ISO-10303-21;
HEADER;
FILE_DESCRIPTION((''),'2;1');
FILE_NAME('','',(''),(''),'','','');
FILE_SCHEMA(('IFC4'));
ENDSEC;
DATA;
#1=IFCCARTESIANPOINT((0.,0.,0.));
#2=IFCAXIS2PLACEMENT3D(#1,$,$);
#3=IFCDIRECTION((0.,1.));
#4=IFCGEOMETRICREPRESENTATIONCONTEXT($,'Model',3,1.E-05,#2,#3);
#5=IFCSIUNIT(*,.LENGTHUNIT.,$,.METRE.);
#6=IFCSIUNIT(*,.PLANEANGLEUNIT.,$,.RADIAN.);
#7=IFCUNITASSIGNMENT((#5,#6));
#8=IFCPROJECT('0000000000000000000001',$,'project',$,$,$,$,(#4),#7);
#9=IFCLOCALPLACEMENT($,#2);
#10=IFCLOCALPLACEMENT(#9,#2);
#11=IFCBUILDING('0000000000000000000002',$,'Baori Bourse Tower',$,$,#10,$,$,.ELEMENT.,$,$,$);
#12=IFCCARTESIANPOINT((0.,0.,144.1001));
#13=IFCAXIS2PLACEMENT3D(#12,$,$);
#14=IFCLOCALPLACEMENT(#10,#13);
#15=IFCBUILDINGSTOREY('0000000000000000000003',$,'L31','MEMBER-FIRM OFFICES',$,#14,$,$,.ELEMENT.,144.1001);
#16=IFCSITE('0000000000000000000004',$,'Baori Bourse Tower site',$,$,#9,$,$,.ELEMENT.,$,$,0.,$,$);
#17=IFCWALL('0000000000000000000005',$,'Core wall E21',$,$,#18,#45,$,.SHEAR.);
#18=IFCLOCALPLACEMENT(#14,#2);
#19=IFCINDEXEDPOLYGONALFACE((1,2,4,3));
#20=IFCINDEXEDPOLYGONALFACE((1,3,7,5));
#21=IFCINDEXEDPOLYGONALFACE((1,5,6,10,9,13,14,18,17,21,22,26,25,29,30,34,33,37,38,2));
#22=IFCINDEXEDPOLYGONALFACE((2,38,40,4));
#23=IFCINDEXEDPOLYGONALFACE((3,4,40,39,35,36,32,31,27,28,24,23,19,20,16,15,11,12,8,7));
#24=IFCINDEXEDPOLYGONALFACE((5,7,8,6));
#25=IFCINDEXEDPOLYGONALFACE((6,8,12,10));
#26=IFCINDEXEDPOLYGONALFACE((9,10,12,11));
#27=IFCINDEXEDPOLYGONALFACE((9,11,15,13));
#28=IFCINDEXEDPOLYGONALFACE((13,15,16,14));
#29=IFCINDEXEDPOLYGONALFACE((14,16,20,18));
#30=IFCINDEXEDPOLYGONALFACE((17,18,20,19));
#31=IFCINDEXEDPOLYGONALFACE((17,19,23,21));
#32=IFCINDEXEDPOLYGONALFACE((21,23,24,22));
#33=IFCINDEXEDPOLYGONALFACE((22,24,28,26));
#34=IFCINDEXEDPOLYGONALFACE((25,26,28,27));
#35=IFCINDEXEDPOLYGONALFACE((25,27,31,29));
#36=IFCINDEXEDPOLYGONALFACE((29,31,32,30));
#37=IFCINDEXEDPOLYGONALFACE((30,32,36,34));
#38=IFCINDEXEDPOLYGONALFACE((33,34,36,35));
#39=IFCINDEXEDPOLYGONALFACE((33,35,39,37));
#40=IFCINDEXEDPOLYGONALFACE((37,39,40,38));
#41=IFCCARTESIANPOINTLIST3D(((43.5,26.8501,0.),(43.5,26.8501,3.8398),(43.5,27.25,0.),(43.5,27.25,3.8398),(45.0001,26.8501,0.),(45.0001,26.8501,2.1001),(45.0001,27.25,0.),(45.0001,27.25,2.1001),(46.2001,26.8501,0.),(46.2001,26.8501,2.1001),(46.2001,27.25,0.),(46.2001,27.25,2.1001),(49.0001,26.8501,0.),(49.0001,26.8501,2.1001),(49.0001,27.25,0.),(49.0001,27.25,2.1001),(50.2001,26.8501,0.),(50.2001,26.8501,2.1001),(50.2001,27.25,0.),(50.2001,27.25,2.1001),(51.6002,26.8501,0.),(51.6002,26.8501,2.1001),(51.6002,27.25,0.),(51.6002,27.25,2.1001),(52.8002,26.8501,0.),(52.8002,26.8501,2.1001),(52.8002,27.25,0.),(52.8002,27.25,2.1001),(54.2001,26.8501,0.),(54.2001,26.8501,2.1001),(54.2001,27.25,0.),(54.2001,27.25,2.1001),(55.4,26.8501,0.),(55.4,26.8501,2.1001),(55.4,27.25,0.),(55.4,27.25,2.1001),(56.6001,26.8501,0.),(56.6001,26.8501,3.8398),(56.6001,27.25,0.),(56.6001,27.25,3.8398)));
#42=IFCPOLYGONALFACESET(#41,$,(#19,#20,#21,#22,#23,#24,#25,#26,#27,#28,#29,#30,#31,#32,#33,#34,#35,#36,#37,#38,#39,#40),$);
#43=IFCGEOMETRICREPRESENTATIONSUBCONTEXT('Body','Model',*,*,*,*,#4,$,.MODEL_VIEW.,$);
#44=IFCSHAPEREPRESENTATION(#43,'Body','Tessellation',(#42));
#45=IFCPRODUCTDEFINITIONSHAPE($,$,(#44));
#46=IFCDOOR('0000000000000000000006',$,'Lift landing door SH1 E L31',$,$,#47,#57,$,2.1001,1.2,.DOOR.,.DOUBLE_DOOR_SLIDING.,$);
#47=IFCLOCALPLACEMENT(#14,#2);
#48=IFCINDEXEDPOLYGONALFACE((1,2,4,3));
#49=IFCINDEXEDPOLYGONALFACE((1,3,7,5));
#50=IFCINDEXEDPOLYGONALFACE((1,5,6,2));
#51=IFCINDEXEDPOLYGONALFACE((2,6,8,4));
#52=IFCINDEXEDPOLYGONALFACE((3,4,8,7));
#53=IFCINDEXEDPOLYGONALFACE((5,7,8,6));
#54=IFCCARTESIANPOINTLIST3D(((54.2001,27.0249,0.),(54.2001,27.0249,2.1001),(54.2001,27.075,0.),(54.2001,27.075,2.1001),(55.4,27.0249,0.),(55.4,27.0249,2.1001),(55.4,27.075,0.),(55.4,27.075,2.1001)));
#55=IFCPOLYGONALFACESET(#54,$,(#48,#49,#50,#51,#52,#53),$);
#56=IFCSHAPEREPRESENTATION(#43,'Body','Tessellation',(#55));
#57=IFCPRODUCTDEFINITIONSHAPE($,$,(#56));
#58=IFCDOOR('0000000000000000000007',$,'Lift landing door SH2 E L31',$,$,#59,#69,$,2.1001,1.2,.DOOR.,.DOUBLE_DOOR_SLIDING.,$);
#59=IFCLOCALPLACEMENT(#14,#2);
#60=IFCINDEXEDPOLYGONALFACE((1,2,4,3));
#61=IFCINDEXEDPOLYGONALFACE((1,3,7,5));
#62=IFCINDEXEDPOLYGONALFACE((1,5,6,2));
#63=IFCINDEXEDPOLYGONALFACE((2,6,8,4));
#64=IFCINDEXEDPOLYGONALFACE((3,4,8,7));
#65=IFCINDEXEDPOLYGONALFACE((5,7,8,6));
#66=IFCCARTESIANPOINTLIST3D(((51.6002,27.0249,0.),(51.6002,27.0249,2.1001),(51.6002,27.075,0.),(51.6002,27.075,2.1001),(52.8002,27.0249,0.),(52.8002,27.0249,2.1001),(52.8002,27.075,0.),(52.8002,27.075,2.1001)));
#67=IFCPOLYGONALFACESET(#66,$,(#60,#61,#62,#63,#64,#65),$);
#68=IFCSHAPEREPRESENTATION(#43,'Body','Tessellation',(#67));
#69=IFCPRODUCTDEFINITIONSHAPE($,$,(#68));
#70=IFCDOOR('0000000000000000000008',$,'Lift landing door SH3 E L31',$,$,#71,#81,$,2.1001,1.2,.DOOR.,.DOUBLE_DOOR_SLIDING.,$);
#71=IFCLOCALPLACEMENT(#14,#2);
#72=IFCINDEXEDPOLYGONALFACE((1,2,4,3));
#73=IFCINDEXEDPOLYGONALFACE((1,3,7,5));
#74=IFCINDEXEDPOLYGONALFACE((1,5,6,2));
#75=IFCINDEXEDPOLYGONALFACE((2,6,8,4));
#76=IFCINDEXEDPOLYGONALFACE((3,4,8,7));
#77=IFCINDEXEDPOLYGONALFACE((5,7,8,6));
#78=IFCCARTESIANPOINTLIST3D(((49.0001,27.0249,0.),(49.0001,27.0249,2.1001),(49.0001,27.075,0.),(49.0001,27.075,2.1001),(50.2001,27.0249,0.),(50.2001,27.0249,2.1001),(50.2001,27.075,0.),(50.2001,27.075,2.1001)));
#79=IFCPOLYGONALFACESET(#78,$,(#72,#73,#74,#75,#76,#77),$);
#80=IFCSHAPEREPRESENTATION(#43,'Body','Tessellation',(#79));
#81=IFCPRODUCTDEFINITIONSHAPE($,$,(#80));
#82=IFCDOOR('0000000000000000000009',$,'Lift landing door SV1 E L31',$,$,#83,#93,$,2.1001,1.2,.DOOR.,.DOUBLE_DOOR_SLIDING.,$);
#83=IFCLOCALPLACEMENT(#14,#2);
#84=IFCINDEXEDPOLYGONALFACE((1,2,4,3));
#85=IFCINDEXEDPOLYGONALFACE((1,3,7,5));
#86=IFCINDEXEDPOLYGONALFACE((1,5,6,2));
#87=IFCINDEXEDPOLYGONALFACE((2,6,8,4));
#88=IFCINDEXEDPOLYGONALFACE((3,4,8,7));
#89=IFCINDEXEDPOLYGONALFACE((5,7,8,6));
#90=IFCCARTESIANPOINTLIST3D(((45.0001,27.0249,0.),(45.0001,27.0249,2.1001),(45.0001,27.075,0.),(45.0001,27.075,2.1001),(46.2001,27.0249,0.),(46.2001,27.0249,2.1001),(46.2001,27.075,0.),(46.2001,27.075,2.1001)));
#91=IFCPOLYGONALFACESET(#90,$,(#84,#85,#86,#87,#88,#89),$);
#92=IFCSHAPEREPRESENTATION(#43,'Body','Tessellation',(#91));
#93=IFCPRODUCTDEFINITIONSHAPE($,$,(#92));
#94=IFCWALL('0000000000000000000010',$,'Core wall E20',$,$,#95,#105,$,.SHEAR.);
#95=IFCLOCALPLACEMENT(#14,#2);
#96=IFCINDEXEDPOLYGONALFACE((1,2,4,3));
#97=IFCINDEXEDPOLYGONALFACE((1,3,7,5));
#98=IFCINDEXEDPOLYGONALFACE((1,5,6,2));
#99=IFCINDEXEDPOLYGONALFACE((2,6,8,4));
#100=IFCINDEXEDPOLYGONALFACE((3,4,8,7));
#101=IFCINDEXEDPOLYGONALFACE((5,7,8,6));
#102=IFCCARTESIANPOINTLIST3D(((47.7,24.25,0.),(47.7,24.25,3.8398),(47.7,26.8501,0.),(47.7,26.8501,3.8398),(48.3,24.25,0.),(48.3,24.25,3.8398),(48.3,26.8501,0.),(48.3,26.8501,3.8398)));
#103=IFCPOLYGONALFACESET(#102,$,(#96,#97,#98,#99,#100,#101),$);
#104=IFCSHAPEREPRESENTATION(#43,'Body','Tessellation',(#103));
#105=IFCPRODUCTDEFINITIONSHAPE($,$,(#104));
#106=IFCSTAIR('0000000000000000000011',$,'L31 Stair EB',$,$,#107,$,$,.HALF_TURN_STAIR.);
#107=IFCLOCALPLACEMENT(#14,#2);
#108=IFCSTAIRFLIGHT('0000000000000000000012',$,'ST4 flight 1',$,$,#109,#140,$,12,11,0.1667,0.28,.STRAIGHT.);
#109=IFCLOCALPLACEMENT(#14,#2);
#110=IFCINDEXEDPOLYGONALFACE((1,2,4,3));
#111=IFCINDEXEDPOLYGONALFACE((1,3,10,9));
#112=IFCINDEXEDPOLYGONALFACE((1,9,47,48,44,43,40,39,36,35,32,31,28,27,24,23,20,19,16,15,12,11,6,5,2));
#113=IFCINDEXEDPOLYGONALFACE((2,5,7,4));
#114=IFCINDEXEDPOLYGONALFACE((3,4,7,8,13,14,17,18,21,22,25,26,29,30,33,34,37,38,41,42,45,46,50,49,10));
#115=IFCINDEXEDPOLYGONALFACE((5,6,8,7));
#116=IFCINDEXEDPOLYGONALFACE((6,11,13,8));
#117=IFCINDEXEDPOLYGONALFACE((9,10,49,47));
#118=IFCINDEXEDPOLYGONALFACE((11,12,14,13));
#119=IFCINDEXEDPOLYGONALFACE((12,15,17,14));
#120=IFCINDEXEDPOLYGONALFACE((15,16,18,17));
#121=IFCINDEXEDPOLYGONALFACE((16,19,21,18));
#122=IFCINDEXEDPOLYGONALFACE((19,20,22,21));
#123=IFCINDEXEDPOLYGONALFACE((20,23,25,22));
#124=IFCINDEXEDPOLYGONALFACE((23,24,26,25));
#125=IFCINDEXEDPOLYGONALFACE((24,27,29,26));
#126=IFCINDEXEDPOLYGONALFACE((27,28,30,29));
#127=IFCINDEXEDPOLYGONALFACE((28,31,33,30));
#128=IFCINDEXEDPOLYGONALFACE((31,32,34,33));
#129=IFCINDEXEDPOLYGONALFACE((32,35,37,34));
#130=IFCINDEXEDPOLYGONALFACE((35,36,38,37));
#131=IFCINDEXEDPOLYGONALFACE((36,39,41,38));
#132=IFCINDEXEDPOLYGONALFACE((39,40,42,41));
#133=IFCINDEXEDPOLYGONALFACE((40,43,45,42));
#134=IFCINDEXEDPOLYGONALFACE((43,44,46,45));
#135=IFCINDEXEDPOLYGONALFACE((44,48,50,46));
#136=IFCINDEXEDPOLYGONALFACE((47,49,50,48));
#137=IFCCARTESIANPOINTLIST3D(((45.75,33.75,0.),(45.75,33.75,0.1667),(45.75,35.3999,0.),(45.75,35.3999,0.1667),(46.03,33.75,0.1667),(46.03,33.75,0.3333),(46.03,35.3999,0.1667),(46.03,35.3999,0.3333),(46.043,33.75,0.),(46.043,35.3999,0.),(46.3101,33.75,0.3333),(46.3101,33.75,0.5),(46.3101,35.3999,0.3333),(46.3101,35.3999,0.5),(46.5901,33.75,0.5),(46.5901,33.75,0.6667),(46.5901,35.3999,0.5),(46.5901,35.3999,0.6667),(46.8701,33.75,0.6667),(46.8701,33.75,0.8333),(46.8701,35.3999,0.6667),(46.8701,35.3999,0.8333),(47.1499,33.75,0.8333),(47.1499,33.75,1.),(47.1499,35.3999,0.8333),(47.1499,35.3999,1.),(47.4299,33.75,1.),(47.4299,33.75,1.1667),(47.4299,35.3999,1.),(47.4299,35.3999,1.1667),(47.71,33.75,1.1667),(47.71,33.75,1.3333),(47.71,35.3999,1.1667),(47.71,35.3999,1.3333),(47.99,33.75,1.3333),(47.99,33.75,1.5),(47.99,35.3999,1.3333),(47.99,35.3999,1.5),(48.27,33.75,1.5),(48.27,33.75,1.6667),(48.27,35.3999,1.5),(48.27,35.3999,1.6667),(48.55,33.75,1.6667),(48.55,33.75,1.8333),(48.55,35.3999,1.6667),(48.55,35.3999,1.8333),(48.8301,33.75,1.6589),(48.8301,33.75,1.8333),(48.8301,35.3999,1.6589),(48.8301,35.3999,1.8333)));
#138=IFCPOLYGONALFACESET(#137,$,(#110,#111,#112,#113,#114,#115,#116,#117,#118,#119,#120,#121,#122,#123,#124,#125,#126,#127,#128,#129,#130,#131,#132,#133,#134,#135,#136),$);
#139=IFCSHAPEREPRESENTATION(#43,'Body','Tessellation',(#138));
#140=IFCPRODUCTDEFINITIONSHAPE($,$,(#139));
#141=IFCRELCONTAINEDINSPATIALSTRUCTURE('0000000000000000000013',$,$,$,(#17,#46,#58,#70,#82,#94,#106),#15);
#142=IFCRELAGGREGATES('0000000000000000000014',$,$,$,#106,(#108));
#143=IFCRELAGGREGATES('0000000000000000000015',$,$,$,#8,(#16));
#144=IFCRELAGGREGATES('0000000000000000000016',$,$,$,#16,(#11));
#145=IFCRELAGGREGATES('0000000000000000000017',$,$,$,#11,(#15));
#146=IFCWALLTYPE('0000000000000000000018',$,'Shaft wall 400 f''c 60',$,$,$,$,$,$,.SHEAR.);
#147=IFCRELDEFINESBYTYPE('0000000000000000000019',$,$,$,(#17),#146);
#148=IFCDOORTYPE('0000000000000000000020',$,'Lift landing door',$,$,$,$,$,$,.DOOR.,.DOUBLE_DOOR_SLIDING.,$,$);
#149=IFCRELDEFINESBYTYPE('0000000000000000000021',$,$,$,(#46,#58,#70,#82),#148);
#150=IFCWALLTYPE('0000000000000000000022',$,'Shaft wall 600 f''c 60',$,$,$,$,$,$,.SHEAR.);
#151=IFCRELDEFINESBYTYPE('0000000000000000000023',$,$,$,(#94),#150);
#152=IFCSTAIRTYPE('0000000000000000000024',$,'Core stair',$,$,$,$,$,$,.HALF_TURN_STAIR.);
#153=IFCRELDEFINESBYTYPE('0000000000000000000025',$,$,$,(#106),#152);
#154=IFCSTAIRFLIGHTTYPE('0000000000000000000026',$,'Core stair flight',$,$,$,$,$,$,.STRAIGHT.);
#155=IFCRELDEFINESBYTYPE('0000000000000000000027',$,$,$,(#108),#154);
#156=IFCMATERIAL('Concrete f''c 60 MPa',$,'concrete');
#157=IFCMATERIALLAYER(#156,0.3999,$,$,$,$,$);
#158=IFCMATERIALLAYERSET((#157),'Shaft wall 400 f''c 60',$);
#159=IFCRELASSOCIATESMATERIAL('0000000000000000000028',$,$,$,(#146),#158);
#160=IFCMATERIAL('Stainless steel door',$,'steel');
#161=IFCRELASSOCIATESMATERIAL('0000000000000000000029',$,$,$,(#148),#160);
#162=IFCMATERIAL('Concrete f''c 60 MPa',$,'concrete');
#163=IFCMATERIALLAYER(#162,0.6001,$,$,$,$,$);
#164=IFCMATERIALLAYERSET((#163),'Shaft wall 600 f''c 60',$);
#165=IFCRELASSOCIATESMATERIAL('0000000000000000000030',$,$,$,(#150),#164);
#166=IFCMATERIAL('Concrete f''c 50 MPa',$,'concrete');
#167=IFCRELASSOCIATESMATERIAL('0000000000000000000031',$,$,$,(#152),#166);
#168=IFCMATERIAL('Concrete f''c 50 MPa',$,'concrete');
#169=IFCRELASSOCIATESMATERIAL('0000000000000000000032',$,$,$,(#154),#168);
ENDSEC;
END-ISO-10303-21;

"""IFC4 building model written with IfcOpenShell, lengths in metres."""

from ifc_helpers import new_model, si_unit, direction, frame, frame_2d, origin, place, context, subcontext, project, spatial, polyline, rectangle, outline, extrude, material, layer, layer_set, type_object, element, fill, aggregate, save


model = new_model("IFC4")

# Units and contexts
model_context = context("Model", 3, precision=1e-05, world=origin(), true_north=direction((0.0, 1.0)))
body_context = subcontext(model_context, "Body", "Model", "MODEL_VIEW")
ifc_project = project(units=[si_unit("LENGTHUNIT", "METRE"), si_unit("PLANEANGLEUNIT", "RADIAN")], contexts=[model_context])

# Site, building, storey
site_placement = place(None, origin())
site = spatial("IfcSite", under=ifc_project, at=site_placement, Name="Baori Bourse Tower site", CompositionType="ELEMENT", RefElevation=0.0)
building_placement = place(site_placement, origin())
building = spatial("IfcBuilding", under=site, at=building_placement, Name="Baori Bourse Tower", CompositionType="ELEMENT")
storey_placement = place(building_placement, frame((0.0, 0.0, 144.1001)))
storey = spatial("IfcBuildingStorey", under=building, at=storey_placement, Name="L31", Description="MEMBER-FIRM OFFICES", CompositionType="ELEMENT", Elevation=144.1001)

# Wall, openings, doors
ifc_material_1 = material(Name="Concrete f'c 60 MPa", Category="concrete")
ifc_layer_1 = layer(ifc_material_1, 0.3999)
ifc_layer_set_1 = layer_set([ifc_layer_1], Name="Shaft wall 400 f'c 60")
wall_type_1 = type_object("IfcWallType", Name="Shaft wall 400 f'c 60", PredefinedType="SHEAR", material=ifc_layer_set_1)
wall_1_placement = place(storey_placement, frame((43.5, 27.05, 0.0), z_axis=(0.0, 0.0, 1.0), x_axis=(1.0, 0.0, 0.0)))
wall_1 = element("IfcWall", 1, at=wall_1_placement, inside=storey, type_object=wall_type_1, Name="Core wall E21", PredefinedType="SHEAR", context=body_context, shape_type="SweptSolid", body=[
    extrude(rectangle(XDim=13.1001, YDim=0.3999, at=frame_2d((6.55, 0.0))), origin(), (0.0, 0.0, 1.0), 3.8398),
])
opening_1_placement = place(wall_1_placement, frame((10.7, 0.0, 0.0)))
opening_1 = element("IfcOpeningElement", 2, at=opening_1_placement, cuts=wall_1, PredefinedType="OPENING", context=body_context, shape_type="SweptSolid", body=[
    extrude(rectangle(XDim=1.2, YDim=2.1001, at=frame_2d((0.6001, 1.05))), frame((0.0, 0.21, 0.0), z_axis=(0.0, -1.0, 0.0), x_axis=(1.0, 0.0, 0.0)), (0.0, 0.0, 1.0), 0.4199),
])
opening_2_placement = place(wall_1_placement, frame((8.1001, 0.0, 0.0)))
opening_2 = element("IfcOpeningElement", 3, at=opening_2_placement, cuts=wall_1, PredefinedType="OPENING", context=body_context, shape_type="SweptSolid", body=[
    extrude(rectangle(XDim=1.2, YDim=2.1001, at=frame_2d((0.6001, 1.05))), frame((0.0, 0.21, 0.0), z_axis=(0.0, -1.0, 0.0), x_axis=(1.0, 0.0, 0.0)), (0.0, 0.0, 1.0), 0.4199),
])
opening_3_placement = place(wall_1_placement, frame((5.5, 0.0, 0.0)))
opening_3 = element("IfcOpeningElement", 4, at=opening_3_placement, cuts=wall_1, PredefinedType="OPENING", context=body_context, shape_type="SweptSolid", body=[
    extrude(rectangle(XDim=1.2, YDim=2.1001, at=frame_2d((0.6001, 1.05))), frame((0.0, 0.21, 0.0), z_axis=(0.0, -1.0, 0.0), x_axis=(1.0, 0.0, 0.0)), (0.0, 0.0, 1.0), 0.4199),
])
opening_4_placement = place(wall_1_placement, frame((1.5, 0.0, 0.0)))
opening_4 = element("IfcOpeningElement", 5, at=opening_4_placement, cuts=wall_1, PredefinedType="OPENING", context=body_context, shape_type="SweptSolid", body=[
    extrude(rectangle(XDim=1.2, YDim=2.1001, at=frame_2d((0.6001, 1.05))), frame((0.0, 0.21, 0.0), z_axis=(0.0, -1.0, 0.0), x_axis=(1.0, 0.0, 0.0)), (0.0, 0.0, 1.0), 0.4199),
])
ifc_material_2 = material(Name="Stainless steel door", Category="steel")
door_type_1 = type_object("IfcDoorType", Name="Lift landing door", OperationType="DOUBLE_DOOR_SLIDING", PredefinedType="DOOR", material=ifc_material_2)
door_1_placement = place(opening_1_placement, origin())
door_1 = element("IfcDoor", 6, at=door_1_placement, inside=storey, type_object=door_type_1, Name="Lift landing door SH1 E L31", OperationType="DOUBLE_DOOR_SLIDING", OverallHeight=2.1001, OverallWidth=1.2, PredefinedType="DOOR", context=body_context, shape_type="SweptSolid", body=[
    extrude(rectangle(XDim=1.2, YDim=2.1001, at=frame_2d((0.6001, 1.05))), frame((0.0, 0.0249, 0.0), z_axis=(0.0, -1.0, 0.0), x_axis=(1.0, 0.0, 0.0)), (0.0, 0.0, 1.0), 0.05),
])
fill(opening_1, door_1)
door_2_placement = place(opening_2_placement, origin())
door_2 = element("IfcDoor", 7, at=door_2_placement, inside=storey, type_object=door_type_1, Name="Lift landing door SH2 E L31", OperationType="DOUBLE_DOOR_SLIDING", OverallHeight=2.1001, OverallWidth=1.2, PredefinedType="DOOR", context=body_context, shape_type="SweptSolid", body=[
    extrude(rectangle(XDim=1.2, YDim=2.1001, at=frame_2d((0.6001, 1.05))), frame((0.0, 0.0249, 0.0), z_axis=(0.0, -1.0, 0.0), x_axis=(1.0, 0.0, 0.0)), (0.0, 0.0, 1.0), 0.05),
])
fill(opening_2, door_2)
door_3_placement = place(opening_3_placement, origin())
door_3 = element("IfcDoor", 8, at=door_3_placement, inside=storey, type_object=door_type_1, Name="Lift landing door SH3 E L31", OperationType="DOUBLE_DOOR_SLIDING", OverallHeight=2.1001, OverallWidth=1.2, PredefinedType="DOOR", context=body_context, shape_type="SweptSolid", body=[
    extrude(rectangle(XDim=1.2, YDim=2.1001, at=frame_2d((0.6001, 1.05))), frame((0.0, 0.0249, 0.0), z_axis=(0.0, -1.0, 0.0), x_axis=(1.0, 0.0, 0.0)), (0.0, 0.0, 1.0), 0.05),
])
fill(opening_3, door_3)
door_4_placement = place(opening_4_placement, origin())
door_4 = element("IfcDoor", 9, at=door_4_placement, inside=storey, type_object=door_type_1, Name="Lift landing door SV1 E L31", OperationType="DOUBLE_DOOR_SLIDING", OverallHeight=2.1001, OverallWidth=1.2, PredefinedType="DOOR", context=body_context, shape_type="SweptSolid", body=[
    extrude(rectangle(XDim=1.2, YDim=2.1001, at=frame_2d((0.6001, 1.05))), frame((0.0, 0.0249, 0.0), z_axis=(0.0, -1.0, 0.0), x_axis=(1.0, 0.0, 0.0)), (0.0, 0.0, 1.0), 0.05),
])
fill(opening_4, door_4)

# Wall
ifc_material_3 = material(Name="Concrete f'c 60 MPa", Category="concrete")
ifc_layer_2 = layer(ifc_material_3, 0.6001)
ifc_layer_set_2 = layer_set([ifc_layer_2], Name="Shaft wall 600 f'c 60")
wall_type_2 = type_object("IfcWallType", Name="Shaft wall 600 f'c 60", PredefinedType="SHEAR", material=ifc_layer_set_2)
wall_2_placement = place(storey_placement, frame((48.0, 24.25, 0.0), z_axis=(0.0, 0.0, 1.0), x_axis=(0.0, 1.0, 0.0)))
element("IfcWall", 10, at=wall_2_placement, inside=storey, type_object=wall_type_2, Name="Core wall E20", PredefinedType="SHEAR", context=body_context, shape_type="SweptSolid", body=[
    extrude(rectangle(XDim=2.6001, YDim=0.6001, at=frame_2d((1.3, 0.0))), origin(), (0.0, 0.0, 1.0), 3.8398),
])

# Stair, stair flight
ifc_material_4 = material(Name="Concrete f'c 50 MPa", Category="concrete")
stair_type = type_object("IfcStairType", Name="Core stair", PredefinedType="HALF_TURN_STAIR", material=ifc_material_4)
stair_placement = place(storey_placement, origin())
stair = element("IfcStair", 11, at=stair_placement, inside=storey, type_object=stair_type, Name="L31 Stair EB", PredefinedType="HALF_TURN_STAIR")
ifc_material_5 = material(Name="Concrete f'c 50 MPa", Category="concrete")
stair_flight_type = type_object("IfcStairFlightType", Name="Core stair flight", PredefinedType="STRAIGHT", material=ifc_material_5)
stair_flight_1_placement = place(storey_placement, frame((45.75, 34.575, 0.0), z_axis=(0.0, 0.0, 1.0), x_axis=(1.0, 0.0, 0.0)))
stair_flight_1 = element("IfcStairFlight", 12, at=stair_flight_1_placement, type_object=stair_flight_type, Name="ST4 flight 1", NumberOfRisers=12, NumberOfTreads=11, PredefinedType="STRAIGHT", RiserHeight=0.1667, TreadLength=0.28, context=body_context, shape_type="SweptSolid", body=[
    extrude(outline(polyline([(0.0, 0.0), (0.0, 0.1667), (0.28, 0.1667), (0.28, 0.3333), (0.5601, 0.3333), (0.5601, 0.5), (0.8401, 0.5), (0.8401, 0.6667), (1.1201, 0.6667), (1.1201, 0.8333), (1.3999, 0.8333), (1.3999, 1.0), (1.6799, 1.0), (1.6799, 1.1667), (1.96, 1.1667), (1.96, 1.3333), (2.24, 1.3333), (2.24, 1.5), (2.52, 1.5), (2.52, 1.6667), (2.8, 1.6667), (2.8, 1.8333), (3.0801, 1.8333), (3.0801, 2.0), (3.0801, 1.6589), (0.293, 0.0), (0.0, 0.0)])), frame((0.0, 0.825, 0.0), z_axis=(0.0, -1.0, 0.0), x_axis=(1.0, 0.0, 0.0)), (0.0, 0.0, 1.0), 1.6499),
])
aggregate(stair, [stair_flight_1])

save(model, "model.ifc")
